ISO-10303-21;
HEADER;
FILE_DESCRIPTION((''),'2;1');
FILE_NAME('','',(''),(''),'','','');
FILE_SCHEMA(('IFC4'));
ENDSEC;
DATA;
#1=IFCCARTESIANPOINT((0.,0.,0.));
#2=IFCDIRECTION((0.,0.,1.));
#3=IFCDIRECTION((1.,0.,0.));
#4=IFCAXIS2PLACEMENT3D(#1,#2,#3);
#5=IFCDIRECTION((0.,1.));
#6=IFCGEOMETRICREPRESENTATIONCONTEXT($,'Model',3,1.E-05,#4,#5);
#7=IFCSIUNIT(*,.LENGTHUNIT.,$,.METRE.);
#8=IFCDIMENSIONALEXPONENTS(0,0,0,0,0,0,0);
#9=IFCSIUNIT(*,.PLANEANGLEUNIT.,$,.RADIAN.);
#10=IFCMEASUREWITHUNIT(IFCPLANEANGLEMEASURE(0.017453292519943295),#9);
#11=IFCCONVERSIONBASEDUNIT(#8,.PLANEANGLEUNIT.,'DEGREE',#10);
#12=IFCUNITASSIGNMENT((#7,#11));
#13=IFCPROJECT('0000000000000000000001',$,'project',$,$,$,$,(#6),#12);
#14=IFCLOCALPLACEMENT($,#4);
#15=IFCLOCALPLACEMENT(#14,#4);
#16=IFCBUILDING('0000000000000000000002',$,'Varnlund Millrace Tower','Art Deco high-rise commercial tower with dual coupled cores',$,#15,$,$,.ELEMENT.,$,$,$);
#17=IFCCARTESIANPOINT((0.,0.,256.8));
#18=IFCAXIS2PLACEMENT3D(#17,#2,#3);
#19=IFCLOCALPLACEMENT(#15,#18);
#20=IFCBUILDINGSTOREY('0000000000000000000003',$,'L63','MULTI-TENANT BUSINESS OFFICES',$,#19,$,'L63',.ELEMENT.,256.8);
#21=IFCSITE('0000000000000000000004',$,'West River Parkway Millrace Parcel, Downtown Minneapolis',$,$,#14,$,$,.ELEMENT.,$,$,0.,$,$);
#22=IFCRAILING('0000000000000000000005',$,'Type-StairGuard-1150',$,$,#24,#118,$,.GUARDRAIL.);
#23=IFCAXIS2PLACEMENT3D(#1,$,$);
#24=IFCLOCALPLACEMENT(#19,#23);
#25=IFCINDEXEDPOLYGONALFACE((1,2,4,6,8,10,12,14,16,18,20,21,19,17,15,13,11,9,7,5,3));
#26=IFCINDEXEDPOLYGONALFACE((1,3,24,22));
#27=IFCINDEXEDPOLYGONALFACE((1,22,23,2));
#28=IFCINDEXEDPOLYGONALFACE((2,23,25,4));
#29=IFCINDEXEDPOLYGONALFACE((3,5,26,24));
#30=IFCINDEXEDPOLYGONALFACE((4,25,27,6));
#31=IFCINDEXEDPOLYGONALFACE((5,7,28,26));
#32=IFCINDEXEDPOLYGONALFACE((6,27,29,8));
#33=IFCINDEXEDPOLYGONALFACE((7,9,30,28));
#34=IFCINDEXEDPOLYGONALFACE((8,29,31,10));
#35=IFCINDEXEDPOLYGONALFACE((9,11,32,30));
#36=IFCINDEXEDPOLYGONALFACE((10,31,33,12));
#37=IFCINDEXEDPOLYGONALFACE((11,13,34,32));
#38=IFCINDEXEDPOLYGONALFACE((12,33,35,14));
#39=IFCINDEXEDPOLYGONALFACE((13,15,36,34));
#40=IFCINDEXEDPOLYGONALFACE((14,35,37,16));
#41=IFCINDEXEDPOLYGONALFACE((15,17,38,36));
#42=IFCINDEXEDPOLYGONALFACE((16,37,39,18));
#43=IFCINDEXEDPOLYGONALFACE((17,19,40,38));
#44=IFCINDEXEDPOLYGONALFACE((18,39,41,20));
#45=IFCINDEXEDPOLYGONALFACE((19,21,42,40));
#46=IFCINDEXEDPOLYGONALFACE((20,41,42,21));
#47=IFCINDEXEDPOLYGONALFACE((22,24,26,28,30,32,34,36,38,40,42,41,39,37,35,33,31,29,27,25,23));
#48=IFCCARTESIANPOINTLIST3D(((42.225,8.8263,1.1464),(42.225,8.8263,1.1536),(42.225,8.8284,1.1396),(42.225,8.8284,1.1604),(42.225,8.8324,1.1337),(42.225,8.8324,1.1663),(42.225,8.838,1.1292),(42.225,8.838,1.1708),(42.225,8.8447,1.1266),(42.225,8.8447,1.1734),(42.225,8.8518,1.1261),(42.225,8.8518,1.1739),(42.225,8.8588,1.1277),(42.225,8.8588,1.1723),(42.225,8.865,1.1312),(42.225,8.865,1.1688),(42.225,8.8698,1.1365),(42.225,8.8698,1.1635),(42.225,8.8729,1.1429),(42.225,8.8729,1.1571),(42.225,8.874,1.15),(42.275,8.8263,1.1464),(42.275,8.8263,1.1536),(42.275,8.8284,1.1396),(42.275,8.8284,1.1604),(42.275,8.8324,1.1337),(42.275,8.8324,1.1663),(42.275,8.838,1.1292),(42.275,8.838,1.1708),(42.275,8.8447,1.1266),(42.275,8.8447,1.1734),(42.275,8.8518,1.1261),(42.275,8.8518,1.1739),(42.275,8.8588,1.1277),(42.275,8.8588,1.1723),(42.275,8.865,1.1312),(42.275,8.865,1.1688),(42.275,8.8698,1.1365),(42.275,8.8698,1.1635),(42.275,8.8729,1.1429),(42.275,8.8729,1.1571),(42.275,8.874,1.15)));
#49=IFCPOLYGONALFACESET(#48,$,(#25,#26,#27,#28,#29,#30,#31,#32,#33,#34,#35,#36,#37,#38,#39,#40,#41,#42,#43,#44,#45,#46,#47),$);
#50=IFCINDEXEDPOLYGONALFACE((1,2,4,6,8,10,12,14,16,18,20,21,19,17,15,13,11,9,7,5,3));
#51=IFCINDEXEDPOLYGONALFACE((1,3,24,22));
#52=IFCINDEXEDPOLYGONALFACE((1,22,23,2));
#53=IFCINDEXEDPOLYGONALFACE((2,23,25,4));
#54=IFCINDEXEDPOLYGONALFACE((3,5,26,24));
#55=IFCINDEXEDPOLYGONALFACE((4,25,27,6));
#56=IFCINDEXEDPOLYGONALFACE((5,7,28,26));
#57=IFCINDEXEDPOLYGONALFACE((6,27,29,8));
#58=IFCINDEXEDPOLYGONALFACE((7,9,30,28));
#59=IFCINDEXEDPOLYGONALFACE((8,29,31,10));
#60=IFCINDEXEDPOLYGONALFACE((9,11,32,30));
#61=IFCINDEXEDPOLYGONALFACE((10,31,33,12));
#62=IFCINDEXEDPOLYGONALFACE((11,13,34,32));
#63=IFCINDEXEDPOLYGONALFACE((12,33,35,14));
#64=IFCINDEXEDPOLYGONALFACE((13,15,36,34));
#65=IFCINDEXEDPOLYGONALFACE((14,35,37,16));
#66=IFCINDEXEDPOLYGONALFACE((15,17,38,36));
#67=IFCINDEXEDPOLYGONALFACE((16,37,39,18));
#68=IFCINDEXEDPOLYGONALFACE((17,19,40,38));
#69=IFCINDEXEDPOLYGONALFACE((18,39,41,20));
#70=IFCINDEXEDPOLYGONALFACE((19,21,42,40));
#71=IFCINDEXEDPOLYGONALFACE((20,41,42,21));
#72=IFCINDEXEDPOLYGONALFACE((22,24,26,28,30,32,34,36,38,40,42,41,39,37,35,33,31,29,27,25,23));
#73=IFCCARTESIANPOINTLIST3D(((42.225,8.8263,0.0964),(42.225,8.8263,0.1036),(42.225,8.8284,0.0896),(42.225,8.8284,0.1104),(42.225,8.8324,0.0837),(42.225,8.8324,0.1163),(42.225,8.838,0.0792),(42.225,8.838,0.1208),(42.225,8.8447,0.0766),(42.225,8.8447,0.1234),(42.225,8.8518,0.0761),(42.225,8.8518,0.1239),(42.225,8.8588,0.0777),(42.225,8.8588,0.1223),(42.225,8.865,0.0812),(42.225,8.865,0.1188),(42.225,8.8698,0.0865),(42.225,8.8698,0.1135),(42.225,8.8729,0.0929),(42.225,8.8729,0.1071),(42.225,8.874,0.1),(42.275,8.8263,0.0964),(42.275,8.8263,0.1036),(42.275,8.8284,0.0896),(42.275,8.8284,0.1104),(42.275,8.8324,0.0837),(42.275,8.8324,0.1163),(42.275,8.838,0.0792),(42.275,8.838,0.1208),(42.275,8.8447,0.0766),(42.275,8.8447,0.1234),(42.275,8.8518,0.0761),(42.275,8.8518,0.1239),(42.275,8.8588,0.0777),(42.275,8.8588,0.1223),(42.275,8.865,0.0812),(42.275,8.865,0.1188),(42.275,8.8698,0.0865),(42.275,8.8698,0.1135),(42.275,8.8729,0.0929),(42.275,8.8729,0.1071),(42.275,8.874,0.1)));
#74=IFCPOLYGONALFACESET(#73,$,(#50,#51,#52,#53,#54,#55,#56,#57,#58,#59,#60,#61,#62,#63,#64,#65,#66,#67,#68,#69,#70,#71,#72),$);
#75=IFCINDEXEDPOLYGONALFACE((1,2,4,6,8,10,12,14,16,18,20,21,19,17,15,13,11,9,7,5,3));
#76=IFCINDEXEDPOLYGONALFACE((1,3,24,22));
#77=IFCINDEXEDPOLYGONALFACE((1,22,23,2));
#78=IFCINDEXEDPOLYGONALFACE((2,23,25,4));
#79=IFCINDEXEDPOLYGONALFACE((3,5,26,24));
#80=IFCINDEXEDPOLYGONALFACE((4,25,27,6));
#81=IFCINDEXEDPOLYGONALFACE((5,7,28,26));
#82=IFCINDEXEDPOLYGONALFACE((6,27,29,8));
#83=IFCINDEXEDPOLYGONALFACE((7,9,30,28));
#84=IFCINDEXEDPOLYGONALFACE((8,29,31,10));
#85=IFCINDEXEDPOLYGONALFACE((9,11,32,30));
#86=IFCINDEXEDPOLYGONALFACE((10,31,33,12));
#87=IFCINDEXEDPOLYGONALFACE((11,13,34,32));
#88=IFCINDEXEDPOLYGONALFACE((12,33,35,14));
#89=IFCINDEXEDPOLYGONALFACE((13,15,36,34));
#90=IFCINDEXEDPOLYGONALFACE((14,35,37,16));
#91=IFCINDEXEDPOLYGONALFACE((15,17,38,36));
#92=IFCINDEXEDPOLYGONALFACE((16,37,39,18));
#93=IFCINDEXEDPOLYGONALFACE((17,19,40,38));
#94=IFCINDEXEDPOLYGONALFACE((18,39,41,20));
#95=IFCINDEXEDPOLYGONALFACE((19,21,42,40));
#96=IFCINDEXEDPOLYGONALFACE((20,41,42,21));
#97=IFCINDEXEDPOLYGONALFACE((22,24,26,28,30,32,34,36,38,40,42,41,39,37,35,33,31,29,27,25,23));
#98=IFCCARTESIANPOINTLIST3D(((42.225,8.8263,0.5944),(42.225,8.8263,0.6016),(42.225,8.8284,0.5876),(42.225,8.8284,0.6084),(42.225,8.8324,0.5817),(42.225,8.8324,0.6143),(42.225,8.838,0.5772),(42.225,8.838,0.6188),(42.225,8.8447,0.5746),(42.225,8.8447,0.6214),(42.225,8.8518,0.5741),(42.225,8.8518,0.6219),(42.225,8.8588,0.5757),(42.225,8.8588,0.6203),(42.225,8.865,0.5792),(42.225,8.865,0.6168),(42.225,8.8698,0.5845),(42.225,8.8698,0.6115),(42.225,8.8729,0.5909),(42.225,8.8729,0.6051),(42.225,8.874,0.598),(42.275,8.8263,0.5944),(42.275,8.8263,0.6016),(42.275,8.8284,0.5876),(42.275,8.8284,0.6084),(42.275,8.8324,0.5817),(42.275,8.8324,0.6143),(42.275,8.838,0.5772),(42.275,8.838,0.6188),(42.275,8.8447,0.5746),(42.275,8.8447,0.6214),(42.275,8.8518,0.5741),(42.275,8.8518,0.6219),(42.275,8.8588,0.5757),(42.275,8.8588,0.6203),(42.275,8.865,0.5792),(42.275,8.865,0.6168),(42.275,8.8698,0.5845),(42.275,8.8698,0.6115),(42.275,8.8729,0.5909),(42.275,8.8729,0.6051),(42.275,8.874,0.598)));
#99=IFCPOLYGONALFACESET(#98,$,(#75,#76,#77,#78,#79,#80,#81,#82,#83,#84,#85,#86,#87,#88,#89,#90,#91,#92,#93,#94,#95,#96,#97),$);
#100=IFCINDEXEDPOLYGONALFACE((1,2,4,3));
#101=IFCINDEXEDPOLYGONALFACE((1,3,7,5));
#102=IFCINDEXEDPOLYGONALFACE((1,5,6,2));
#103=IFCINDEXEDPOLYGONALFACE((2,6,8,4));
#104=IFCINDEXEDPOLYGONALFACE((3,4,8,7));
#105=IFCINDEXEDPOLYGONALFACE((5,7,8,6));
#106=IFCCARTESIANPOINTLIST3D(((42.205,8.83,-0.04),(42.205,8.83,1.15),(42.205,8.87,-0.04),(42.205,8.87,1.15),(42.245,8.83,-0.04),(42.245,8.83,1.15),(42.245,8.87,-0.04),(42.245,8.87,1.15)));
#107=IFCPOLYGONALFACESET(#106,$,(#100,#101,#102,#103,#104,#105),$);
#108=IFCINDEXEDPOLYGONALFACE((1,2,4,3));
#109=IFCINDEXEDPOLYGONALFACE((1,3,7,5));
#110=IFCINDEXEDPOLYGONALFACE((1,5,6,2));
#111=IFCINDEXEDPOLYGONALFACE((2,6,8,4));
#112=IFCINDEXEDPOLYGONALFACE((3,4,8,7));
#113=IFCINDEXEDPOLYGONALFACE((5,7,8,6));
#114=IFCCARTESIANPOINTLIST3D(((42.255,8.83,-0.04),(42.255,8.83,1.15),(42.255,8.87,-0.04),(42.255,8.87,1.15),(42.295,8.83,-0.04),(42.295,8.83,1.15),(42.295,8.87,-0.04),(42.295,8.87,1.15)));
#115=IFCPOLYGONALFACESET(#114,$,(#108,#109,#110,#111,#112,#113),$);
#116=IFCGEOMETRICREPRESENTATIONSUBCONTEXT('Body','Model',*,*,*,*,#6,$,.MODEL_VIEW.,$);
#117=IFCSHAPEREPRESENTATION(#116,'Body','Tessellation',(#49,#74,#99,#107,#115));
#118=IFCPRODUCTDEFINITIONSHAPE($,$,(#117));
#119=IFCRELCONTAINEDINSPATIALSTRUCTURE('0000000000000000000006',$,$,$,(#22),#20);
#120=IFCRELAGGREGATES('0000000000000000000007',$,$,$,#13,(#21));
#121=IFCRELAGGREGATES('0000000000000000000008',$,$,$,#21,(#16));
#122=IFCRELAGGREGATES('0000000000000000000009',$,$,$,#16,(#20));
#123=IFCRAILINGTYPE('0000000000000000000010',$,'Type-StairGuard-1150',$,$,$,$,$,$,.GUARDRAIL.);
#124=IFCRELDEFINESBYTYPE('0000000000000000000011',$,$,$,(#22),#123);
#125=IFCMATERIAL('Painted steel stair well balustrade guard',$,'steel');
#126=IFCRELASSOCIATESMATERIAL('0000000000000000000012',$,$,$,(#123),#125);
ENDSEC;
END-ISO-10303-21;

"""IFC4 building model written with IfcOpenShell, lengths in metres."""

from ifc_helpers import new_model, entity, si_unit, converted_unit, direction, frame, origin_with_axes, origin_2d_with_axis, place, context, subcontext, project, spatial, rectangle, circle, extrude, material, type_object, element, save


model = new_model("IFC4")

# Units and contexts
model_context = context("Model", 3, precision=1e-05, world=origin_with_axes(), true_north=direction((0.0, 1.0)))
body_context = subcontext(model_context, "Body", "Model", "MODEL_VIEW")
ifc_project = project(units=[si_unit("LENGTHUNIT", "METRE"), converted_unit("PLANEANGLEUNIT", "DEGREE", entity("IfcPlaneAngleMeasure", 0.017453292519943295), si_unit("PLANEANGLEUNIT", "RADIAN"), dimensions=[0, 0, 0, 0, 0, 0, 0])], contexts=[model_context])

# Site, building, storey
site_placement = place(None, origin_with_axes())
site = spatial("IfcSite", under=ifc_project, at=site_placement, Name="West River Parkway Millrace Parcel, Downtown Minneapolis", CompositionType="ELEMENT", RefElevation=0.0)
building_placement = place(site_placement, origin_with_axes())
building = spatial("IfcBuilding", under=site, at=building_placement, Name="Varnlund Millrace Tower", Description="Art Deco high-rise commercial tower with dual coupled cores", CompositionType="ELEMENT")
storey_placement = place(building_placement, frame((0.0, 0.0, 256.8), z_axis=(0.0, 0.0, 1.0), x_axis=(1.0, 0.0, 0.0)))
storey = spatial("IfcBuildingStorey", under=building, at=storey_placement, Name="L63", Description="MULTI-TENANT BUSINESS OFFICES", LongName="L63", CompositionType="ELEMENT", Elevation=256.8)

# Railing
ifc_material_1 = material(Name="Painted steel stair well balustrade guard", Category="steel")
railing_type_1 = type_object("IfcRailingType", Name="Type-StairGuard-1150", PredefinedType="GUARDRAIL", material=ifc_material_1)
railing_1_placement = place(storey_placement, frame((0.0, 0.0, -256.8), z_axis=(0.0, 0.0, 1.0), x_axis=(1.0, 0.0, 0.0)))
element("IfcRailing", 1, at=railing_1_placement, inside=storey, type_object=railing_type_1, Name="Type-StairGuard-1150", PredefinedType="GUARDRAIL", context=body_context, shape_type="SweptSolid", body=[
    extrude(circle(Radius=0.024, at=origin_2d_with_axis()), frame((42.225, 8.85, 257.95), z_axis=(1.0, 0.0, 0.0), x_axis=(0.0, 1.0, 0.0)), (0.0, 0.0, 1.0), 0.05),
    extrude(circle(Radius=0.024, at=origin_2d_with_axis()), frame((42.225, 8.85, 256.9), z_axis=(1.0, 0.0, 0.0), x_axis=(0.0, 1.0, 0.0)), (0.0, 0.0, 1.0), 0.05),
    extrude(circle(Radius=0.024, at=origin_2d_with_axis()), frame((42.225, 8.85, 257.398), z_axis=(1.0, 0.0, 0.0), x_axis=(0.0, 1.0, 0.0)), (0.0, 0.0, 1.0), 0.05),
    extrude(rectangle(XDim=0.04, YDim=0.04, at=origin_2d_with_axis()), frame((42.225, 8.85, 256.76), z_axis=(0.0, 0.0, 1.0), x_axis=(1.0, 0.0, 0.0)), (0.0, 0.0, 1.0), 1.19),
    extrude(rectangle(XDim=0.04, YDim=0.04, at=origin_2d_with_axis()), frame((42.275, 8.85, 256.76), z_axis=(0.0, 0.0, 1.0), x_axis=(1.0, 0.0, 0.0)), (0.0, 0.0, 1.0), 1.19),
])

save(model, "model.ifc")
